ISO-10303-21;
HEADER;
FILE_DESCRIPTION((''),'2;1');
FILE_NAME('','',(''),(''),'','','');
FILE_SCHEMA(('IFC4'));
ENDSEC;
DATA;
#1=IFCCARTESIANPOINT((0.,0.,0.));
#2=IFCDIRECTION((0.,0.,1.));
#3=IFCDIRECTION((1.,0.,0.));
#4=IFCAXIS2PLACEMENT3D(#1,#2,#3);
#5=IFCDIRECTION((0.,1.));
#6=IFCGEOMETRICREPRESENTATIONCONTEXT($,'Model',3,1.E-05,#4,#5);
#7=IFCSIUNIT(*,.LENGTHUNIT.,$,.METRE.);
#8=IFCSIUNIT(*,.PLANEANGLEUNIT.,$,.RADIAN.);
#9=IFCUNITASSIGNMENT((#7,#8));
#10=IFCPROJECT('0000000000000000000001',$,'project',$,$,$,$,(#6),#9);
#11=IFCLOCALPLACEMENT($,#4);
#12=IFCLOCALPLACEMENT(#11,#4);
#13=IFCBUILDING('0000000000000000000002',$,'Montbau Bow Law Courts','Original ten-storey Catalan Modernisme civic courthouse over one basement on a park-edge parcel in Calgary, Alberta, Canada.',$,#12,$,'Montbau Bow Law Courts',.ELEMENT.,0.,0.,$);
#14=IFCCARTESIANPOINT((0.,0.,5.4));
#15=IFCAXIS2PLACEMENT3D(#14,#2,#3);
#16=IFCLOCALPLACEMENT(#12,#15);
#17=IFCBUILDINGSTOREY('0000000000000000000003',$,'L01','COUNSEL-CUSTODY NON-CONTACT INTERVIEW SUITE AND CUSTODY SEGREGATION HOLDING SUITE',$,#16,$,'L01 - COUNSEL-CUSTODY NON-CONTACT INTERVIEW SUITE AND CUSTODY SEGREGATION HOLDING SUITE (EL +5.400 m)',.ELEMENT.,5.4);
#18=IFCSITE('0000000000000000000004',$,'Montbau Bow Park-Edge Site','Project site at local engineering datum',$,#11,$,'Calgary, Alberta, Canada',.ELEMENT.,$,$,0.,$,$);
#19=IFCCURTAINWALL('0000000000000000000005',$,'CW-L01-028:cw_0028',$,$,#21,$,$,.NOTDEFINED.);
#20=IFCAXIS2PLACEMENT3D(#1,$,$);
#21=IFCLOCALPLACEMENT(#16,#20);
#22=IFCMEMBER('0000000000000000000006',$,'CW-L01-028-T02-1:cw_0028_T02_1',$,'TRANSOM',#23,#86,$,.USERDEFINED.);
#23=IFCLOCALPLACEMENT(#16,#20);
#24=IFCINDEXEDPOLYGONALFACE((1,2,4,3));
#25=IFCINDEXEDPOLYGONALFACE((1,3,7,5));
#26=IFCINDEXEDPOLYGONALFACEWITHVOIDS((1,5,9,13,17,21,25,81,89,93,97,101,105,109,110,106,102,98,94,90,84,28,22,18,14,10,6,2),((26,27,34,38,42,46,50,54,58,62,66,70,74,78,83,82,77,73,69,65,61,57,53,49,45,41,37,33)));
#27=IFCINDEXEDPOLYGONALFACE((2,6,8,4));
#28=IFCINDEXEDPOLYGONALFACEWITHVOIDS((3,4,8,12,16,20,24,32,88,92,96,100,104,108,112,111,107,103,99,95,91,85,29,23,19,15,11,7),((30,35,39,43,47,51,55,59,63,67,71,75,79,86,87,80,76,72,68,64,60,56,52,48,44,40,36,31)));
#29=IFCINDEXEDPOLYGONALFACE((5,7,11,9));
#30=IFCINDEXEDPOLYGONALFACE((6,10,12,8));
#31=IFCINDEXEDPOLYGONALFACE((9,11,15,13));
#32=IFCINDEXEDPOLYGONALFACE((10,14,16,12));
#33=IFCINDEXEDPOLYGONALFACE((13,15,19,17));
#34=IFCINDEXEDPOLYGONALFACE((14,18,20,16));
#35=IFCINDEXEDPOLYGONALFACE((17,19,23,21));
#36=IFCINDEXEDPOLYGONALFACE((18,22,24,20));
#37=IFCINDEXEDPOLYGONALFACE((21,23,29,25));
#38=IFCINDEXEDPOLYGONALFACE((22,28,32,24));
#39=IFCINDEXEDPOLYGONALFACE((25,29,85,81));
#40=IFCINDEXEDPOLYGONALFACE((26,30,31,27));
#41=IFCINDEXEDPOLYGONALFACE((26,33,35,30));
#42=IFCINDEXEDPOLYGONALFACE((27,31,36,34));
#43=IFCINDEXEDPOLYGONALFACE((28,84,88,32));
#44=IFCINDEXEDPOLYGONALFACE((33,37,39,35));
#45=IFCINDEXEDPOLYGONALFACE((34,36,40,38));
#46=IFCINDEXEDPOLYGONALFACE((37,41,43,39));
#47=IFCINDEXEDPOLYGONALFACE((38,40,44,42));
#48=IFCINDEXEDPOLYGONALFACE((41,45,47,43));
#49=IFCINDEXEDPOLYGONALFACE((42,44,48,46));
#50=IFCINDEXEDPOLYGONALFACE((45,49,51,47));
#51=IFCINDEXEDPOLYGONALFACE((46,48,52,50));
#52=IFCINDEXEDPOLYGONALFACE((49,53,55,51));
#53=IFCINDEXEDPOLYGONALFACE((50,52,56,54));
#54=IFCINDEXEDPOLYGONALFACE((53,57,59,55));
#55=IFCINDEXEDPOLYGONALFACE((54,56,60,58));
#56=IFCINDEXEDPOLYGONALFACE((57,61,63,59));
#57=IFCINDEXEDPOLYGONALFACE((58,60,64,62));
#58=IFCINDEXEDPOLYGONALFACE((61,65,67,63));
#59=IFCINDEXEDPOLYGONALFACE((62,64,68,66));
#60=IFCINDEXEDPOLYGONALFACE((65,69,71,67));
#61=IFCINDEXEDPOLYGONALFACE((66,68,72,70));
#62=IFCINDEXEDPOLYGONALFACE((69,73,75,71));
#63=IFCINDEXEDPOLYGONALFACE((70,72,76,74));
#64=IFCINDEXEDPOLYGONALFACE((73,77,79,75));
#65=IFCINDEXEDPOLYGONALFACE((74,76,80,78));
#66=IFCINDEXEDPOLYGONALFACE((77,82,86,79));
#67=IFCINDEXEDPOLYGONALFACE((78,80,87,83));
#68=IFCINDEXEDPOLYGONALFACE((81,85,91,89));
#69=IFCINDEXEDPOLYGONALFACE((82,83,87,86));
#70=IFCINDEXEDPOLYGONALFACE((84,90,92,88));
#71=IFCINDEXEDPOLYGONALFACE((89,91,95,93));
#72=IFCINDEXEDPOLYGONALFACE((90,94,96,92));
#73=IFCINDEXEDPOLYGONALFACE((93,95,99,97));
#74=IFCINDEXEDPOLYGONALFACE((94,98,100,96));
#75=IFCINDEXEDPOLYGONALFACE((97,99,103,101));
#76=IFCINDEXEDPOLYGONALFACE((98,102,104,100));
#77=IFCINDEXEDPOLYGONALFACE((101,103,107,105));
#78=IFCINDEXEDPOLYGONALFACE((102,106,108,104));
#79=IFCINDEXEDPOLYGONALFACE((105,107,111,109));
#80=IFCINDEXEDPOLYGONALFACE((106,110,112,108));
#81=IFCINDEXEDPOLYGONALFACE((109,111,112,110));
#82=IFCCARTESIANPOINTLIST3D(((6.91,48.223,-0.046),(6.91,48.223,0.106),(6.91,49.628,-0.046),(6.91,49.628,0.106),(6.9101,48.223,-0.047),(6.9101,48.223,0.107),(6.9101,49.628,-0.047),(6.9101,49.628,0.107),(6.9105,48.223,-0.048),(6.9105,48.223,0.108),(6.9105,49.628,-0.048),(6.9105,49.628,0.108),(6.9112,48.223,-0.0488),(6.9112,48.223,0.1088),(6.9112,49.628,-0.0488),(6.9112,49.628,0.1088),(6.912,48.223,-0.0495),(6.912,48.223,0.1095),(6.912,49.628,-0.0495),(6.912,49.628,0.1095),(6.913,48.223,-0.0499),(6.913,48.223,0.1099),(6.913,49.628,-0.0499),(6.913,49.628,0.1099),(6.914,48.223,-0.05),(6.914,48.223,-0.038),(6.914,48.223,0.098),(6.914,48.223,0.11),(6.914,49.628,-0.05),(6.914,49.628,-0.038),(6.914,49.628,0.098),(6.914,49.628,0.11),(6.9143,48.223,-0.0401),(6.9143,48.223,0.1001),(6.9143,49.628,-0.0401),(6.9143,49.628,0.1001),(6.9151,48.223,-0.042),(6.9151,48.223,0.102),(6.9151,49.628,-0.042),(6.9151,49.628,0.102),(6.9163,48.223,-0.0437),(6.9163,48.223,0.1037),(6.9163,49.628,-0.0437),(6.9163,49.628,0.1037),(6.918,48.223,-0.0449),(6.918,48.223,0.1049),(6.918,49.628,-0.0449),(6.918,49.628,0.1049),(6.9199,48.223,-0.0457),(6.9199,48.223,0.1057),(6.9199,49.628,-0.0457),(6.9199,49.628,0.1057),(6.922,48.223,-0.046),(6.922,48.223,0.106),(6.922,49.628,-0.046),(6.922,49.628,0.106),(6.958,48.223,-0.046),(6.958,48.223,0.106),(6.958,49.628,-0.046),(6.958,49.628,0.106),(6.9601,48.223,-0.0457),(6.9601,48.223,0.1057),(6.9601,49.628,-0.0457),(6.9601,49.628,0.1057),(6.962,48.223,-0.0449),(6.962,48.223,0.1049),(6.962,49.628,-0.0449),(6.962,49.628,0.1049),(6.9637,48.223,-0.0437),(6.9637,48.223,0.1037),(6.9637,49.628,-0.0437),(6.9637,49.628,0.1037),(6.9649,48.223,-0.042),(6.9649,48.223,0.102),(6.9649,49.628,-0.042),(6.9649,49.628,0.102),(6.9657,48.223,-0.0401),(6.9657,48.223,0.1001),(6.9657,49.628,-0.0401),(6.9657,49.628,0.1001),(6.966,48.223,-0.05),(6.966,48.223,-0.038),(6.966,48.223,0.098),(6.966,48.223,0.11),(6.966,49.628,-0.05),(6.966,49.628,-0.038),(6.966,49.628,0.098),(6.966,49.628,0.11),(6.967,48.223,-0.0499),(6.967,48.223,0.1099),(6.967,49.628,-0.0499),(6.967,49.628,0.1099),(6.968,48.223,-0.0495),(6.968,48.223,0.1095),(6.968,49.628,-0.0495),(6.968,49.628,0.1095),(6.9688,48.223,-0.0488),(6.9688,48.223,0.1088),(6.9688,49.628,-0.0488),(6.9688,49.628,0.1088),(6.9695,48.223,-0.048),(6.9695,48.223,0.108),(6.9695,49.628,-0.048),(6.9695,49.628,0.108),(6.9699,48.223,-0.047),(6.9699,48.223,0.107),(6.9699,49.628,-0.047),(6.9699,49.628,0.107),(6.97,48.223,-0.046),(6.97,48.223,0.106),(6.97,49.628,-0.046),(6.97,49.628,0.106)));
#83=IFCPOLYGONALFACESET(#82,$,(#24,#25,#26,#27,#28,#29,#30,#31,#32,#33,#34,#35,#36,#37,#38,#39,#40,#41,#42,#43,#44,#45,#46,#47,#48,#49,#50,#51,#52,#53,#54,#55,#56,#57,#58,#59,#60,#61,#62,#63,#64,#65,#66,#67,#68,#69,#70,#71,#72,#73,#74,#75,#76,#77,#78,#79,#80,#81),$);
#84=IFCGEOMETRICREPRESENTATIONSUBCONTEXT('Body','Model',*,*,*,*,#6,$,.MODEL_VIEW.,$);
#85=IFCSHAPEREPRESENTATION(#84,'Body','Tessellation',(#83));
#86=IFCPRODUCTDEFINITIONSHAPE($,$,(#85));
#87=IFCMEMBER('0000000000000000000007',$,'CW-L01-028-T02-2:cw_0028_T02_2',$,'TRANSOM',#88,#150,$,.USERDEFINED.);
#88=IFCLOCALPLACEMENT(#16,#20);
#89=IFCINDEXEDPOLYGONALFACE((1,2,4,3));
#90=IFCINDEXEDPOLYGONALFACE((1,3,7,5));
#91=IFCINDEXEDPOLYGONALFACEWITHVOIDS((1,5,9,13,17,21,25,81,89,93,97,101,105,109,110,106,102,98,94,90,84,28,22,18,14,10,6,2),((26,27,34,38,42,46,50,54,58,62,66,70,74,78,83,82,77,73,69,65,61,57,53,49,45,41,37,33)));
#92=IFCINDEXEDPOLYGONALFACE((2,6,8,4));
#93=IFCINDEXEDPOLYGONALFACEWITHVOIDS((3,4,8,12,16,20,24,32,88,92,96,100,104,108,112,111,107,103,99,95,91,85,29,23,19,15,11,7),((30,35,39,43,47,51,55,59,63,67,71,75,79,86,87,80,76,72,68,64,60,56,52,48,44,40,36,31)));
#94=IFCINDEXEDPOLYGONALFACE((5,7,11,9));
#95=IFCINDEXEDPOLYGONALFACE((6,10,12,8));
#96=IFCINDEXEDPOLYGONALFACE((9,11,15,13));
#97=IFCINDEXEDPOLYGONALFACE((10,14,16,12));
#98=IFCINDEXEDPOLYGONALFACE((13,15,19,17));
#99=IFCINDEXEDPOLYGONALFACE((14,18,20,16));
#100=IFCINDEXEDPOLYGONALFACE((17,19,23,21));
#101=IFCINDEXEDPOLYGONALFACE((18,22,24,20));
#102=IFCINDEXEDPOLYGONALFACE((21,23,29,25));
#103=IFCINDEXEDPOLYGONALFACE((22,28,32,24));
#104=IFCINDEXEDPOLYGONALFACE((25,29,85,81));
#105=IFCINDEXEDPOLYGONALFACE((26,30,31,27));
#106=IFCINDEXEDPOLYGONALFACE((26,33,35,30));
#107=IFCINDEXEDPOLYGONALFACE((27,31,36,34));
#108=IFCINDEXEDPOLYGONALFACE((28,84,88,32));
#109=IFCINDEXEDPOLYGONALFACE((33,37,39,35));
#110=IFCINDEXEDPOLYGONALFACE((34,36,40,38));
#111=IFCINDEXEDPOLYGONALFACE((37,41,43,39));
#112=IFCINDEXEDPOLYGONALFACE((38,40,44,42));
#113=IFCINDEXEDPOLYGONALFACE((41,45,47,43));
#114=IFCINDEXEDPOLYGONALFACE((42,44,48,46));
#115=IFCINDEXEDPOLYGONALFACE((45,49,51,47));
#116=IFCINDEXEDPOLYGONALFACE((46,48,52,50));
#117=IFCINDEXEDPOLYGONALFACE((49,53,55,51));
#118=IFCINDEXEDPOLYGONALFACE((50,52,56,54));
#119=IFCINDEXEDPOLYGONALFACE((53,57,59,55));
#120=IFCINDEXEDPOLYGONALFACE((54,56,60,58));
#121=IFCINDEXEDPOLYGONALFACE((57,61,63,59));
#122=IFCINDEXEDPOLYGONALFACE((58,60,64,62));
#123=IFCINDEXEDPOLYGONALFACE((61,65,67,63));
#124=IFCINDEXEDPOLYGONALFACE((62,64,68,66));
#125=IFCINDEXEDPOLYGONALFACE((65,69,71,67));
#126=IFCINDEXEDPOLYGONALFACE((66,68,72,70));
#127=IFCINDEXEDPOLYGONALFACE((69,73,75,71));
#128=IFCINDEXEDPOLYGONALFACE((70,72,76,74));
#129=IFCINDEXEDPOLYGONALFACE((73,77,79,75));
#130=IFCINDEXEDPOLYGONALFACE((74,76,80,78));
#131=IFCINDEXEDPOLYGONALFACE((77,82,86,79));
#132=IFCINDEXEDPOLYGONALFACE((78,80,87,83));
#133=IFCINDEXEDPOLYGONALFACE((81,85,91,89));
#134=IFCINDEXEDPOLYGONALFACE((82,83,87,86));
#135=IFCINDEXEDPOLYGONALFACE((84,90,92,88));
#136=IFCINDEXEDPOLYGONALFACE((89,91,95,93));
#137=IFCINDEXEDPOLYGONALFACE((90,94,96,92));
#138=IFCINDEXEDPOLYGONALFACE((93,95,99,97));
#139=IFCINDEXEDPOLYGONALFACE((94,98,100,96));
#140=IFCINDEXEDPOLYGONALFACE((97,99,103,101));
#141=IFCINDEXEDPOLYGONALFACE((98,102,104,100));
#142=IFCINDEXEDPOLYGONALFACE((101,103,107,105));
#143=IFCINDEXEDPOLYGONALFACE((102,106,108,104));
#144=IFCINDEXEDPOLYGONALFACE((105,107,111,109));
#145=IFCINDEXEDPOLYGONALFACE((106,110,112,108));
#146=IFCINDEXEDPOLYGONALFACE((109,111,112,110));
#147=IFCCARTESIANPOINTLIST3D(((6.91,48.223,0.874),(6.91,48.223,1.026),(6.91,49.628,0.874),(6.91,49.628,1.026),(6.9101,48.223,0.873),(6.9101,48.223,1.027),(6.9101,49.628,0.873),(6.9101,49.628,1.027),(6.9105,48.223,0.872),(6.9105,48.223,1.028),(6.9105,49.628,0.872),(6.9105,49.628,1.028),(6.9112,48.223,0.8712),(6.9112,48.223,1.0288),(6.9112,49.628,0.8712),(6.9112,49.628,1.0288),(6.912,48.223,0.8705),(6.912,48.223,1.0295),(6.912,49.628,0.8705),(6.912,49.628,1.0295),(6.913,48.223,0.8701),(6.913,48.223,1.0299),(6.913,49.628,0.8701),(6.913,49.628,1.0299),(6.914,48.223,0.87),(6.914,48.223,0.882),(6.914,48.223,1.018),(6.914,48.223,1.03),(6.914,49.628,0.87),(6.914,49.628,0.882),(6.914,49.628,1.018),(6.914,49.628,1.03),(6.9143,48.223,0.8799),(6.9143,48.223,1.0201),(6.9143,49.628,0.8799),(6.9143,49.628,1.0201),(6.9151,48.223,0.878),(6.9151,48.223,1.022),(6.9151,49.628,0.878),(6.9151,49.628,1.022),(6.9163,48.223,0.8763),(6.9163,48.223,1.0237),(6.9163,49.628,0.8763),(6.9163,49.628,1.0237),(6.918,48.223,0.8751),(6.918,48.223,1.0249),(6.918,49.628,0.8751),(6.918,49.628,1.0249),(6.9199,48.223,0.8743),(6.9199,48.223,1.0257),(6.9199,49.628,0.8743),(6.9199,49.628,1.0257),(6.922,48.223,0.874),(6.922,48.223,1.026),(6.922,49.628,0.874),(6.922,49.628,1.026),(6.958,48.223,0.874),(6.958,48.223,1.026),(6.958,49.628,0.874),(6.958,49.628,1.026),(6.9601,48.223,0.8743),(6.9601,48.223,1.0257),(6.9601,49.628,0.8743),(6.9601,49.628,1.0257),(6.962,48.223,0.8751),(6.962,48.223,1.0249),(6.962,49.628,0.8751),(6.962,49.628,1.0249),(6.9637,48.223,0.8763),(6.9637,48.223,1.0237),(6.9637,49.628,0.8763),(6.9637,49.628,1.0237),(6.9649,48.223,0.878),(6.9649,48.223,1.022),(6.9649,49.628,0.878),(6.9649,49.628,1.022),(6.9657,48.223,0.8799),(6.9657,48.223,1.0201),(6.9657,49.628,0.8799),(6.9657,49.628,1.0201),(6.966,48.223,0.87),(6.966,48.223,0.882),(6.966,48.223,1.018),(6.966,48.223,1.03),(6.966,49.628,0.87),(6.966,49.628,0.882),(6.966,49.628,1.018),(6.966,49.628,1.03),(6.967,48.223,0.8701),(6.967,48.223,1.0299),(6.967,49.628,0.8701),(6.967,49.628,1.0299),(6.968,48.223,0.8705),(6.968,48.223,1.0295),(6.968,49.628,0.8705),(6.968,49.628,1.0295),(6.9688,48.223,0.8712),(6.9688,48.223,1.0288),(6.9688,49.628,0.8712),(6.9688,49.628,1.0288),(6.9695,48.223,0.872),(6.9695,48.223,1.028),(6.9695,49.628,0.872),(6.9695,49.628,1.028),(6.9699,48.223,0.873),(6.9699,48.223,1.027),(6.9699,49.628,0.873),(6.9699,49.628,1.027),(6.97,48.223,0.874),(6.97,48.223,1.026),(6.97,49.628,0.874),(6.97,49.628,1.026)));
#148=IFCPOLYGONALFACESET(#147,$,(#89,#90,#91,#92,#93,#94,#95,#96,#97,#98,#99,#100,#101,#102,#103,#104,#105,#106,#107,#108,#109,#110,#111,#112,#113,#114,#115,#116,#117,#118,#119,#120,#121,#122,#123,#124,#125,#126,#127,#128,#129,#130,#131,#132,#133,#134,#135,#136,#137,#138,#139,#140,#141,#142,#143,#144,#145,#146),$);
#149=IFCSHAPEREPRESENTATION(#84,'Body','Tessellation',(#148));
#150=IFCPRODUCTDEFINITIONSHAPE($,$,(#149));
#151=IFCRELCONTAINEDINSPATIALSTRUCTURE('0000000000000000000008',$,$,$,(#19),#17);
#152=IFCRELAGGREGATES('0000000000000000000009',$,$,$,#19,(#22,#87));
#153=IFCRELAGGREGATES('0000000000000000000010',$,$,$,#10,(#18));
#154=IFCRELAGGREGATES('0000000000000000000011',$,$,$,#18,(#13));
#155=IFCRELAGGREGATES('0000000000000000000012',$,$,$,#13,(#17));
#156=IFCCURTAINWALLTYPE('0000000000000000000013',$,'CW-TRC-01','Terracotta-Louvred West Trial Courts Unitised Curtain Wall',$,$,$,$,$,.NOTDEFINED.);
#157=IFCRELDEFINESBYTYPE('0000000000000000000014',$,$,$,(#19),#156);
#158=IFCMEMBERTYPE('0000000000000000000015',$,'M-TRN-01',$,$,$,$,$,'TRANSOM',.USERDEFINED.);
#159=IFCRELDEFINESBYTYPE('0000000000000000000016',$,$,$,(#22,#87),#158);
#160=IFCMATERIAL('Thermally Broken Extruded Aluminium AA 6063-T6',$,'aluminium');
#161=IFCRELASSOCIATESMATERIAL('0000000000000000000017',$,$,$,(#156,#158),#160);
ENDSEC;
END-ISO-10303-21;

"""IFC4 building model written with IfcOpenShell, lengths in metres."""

from ifc_helpers import new_model, si_unit, direction, frame, origin_with_axes, origin_2d_with_axis, place, context, subcontext, project, spatial, hollow_rectangle, extrude, material, material_profile, profile_set, type_object, element, aggregate, save


model = new_model("IFC4")

# Units and contexts
model_context = context("Model", 3, precision=1e-05, world=origin_with_axes(), true_north=direction((0.0, 1.0)))
body_context = subcontext(model_context, "Body", "Model", "MODEL_VIEW")
ifc_project = project(units=[si_unit("LENGTHUNIT", "METRE"), si_unit("PLANEANGLEUNIT", "RADIAN")], contexts=[model_context])

# Site, building, storey
site_placement = place(None, origin_with_axes())
site = spatial("IfcSite", under=ifc_project, at=site_placement, Name="Montbau Bow Park-Edge Site", Description="Project site at local engineering datum", LongName="Calgary, Alberta, Canada", CompositionType="ELEMENT", RefElevation=0.0)
building_placement = place(site_placement, origin_with_axes())
building = spatial("IfcBuilding", under=site, at=building_placement, Name="Montbau Bow Law Courts", Description="Original ten-storey Catalan Modernisme civic courthouse over one basement on a park-edge parcel in Calgary, Alberta, Canada.", LongName="Montbau Bow Law Courts", CompositionType="ELEMENT", ElevationOfRefHeight=0.0, ElevationOfTerrain=0.0)
storey_placement = place(building_placement, frame((0.0, 0.0, 5.4), z_axis=(0.0, 0.0, 1.0), x_axis=(1.0, 0.0, 0.0)))
storey = spatial("IfcBuildingStorey", under=building, at=storey_placement, Name="L01", Description="COUNSEL-CUSTODY NON-CONTACT INTERVIEW SUITE AND CUSTODY SEGREGATION HOLDING SUITE", LongName="L01 - COUNSEL-CUSTODY NON-CONTACT INTERVIEW SUITE AND CUSTODY SEGREGATION HOLDING SUITE (EL +5.400 m)", CompositionType="ELEMENT", Elevation=5.4)

# Shared definitions
ifc_material_1 = material(Name="Thermally Broken Extruded Aluminium AA 6063-T6", Category="aluminium")
curtain_wall_type = type_object("IfcCurtainWallType", Name="CW-TRC-01", Description="Terracotta-Louvred West Trial Courts Unitised Curtain Wall", PredefinedType="NOTDEFINED", material=ifc_material_1)

# Curtain wall, members
curtain_wall_1_placement = place(None, frame((6.94, 46.715, 5.4), z_axis=(0.0, 0.0, 1.0), x_axis=(1.0, 0.0, 0.0)))
curtain_wall_1 = element("IfcCurtainWall", 1, at=curtain_wall_1_placement, inside=storey, type_object=curtain_wall_type, Name="CW-L01-028:cw_0028", PredefinedType="NOTDEFINED")
ifc_material_profile_1 = material_profile(ifc_material_1, hollow_rectangle(XDim=0.06, YDim=0.16, WallThickness=0.004, InnerFilletRadius=0.008, OuterFilletRadius=0.004, at=origin_2d_with_axis()), Name="CWT-160X60", Category="Main", Priority=0)
ifc_profile_set_1 = profile_set([ifc_material_profile_1], Name="Thermally Broken Extruded Aluminium AA 6063-T6")
member_type_1 = type_object("IfcMemberType", Name="M-TRN-01", ElementType="TRANSOM", PredefinedType="USERDEFINED", material=ifc_profile_set_1)
member_1_placement = place(None, frame((6.94, 48.223, 5.43), z_axis=(0.0, 1.0, 0.0), x_axis=(-1.0, 0.0, 0.0)))
member_1 = element("IfcMember", 2, at=member_1_placement, type_object=member_type_1, Name="CW-L01-028-T02-1:cw_0028_T02_1", ObjectType="TRANSOM", PredefinedType="USERDEFINED", context=body_context, shape_type="SweptSolid", body=[
    extrude(hollow_rectangle(XDim=0.06, YDim=0.16, WallThickness=0.004, InnerFilletRadius=0.008, OuterFilletRadius=0.004, at=origin_2d_with_axis()), origin_with_axes(), (0.0, 0.0, 1.0), 1.405),
])
member_2_placement = place(None, frame((6.94, 48.223, 6.35), z_axis=(0.0, 1.0, 0.0), x_axis=(-1.0, 0.0, 0.0)))
member_2 = element("IfcMember", 3, at=member_2_placement, type_object=member_type_1, Name="CW-L01-028-T02-2:cw_0028_T02_2", ObjectType="TRANSOM", PredefinedType="USERDEFINED", context=body_context, shape_type="SweptSolid", body=[
    extrude(hollow_rectangle(XDim=0.06, YDim=0.16, WallThickness=0.004, InnerFilletRadius=0.008, OuterFilletRadius=0.004, at=origin_2d_with_axis()), origin_with_axes(), (0.0, 0.0, 1.0), 1.405),
])
aggregate(curtain_wall_1, [member_1, member_2])

save(model, "model.ifc")
